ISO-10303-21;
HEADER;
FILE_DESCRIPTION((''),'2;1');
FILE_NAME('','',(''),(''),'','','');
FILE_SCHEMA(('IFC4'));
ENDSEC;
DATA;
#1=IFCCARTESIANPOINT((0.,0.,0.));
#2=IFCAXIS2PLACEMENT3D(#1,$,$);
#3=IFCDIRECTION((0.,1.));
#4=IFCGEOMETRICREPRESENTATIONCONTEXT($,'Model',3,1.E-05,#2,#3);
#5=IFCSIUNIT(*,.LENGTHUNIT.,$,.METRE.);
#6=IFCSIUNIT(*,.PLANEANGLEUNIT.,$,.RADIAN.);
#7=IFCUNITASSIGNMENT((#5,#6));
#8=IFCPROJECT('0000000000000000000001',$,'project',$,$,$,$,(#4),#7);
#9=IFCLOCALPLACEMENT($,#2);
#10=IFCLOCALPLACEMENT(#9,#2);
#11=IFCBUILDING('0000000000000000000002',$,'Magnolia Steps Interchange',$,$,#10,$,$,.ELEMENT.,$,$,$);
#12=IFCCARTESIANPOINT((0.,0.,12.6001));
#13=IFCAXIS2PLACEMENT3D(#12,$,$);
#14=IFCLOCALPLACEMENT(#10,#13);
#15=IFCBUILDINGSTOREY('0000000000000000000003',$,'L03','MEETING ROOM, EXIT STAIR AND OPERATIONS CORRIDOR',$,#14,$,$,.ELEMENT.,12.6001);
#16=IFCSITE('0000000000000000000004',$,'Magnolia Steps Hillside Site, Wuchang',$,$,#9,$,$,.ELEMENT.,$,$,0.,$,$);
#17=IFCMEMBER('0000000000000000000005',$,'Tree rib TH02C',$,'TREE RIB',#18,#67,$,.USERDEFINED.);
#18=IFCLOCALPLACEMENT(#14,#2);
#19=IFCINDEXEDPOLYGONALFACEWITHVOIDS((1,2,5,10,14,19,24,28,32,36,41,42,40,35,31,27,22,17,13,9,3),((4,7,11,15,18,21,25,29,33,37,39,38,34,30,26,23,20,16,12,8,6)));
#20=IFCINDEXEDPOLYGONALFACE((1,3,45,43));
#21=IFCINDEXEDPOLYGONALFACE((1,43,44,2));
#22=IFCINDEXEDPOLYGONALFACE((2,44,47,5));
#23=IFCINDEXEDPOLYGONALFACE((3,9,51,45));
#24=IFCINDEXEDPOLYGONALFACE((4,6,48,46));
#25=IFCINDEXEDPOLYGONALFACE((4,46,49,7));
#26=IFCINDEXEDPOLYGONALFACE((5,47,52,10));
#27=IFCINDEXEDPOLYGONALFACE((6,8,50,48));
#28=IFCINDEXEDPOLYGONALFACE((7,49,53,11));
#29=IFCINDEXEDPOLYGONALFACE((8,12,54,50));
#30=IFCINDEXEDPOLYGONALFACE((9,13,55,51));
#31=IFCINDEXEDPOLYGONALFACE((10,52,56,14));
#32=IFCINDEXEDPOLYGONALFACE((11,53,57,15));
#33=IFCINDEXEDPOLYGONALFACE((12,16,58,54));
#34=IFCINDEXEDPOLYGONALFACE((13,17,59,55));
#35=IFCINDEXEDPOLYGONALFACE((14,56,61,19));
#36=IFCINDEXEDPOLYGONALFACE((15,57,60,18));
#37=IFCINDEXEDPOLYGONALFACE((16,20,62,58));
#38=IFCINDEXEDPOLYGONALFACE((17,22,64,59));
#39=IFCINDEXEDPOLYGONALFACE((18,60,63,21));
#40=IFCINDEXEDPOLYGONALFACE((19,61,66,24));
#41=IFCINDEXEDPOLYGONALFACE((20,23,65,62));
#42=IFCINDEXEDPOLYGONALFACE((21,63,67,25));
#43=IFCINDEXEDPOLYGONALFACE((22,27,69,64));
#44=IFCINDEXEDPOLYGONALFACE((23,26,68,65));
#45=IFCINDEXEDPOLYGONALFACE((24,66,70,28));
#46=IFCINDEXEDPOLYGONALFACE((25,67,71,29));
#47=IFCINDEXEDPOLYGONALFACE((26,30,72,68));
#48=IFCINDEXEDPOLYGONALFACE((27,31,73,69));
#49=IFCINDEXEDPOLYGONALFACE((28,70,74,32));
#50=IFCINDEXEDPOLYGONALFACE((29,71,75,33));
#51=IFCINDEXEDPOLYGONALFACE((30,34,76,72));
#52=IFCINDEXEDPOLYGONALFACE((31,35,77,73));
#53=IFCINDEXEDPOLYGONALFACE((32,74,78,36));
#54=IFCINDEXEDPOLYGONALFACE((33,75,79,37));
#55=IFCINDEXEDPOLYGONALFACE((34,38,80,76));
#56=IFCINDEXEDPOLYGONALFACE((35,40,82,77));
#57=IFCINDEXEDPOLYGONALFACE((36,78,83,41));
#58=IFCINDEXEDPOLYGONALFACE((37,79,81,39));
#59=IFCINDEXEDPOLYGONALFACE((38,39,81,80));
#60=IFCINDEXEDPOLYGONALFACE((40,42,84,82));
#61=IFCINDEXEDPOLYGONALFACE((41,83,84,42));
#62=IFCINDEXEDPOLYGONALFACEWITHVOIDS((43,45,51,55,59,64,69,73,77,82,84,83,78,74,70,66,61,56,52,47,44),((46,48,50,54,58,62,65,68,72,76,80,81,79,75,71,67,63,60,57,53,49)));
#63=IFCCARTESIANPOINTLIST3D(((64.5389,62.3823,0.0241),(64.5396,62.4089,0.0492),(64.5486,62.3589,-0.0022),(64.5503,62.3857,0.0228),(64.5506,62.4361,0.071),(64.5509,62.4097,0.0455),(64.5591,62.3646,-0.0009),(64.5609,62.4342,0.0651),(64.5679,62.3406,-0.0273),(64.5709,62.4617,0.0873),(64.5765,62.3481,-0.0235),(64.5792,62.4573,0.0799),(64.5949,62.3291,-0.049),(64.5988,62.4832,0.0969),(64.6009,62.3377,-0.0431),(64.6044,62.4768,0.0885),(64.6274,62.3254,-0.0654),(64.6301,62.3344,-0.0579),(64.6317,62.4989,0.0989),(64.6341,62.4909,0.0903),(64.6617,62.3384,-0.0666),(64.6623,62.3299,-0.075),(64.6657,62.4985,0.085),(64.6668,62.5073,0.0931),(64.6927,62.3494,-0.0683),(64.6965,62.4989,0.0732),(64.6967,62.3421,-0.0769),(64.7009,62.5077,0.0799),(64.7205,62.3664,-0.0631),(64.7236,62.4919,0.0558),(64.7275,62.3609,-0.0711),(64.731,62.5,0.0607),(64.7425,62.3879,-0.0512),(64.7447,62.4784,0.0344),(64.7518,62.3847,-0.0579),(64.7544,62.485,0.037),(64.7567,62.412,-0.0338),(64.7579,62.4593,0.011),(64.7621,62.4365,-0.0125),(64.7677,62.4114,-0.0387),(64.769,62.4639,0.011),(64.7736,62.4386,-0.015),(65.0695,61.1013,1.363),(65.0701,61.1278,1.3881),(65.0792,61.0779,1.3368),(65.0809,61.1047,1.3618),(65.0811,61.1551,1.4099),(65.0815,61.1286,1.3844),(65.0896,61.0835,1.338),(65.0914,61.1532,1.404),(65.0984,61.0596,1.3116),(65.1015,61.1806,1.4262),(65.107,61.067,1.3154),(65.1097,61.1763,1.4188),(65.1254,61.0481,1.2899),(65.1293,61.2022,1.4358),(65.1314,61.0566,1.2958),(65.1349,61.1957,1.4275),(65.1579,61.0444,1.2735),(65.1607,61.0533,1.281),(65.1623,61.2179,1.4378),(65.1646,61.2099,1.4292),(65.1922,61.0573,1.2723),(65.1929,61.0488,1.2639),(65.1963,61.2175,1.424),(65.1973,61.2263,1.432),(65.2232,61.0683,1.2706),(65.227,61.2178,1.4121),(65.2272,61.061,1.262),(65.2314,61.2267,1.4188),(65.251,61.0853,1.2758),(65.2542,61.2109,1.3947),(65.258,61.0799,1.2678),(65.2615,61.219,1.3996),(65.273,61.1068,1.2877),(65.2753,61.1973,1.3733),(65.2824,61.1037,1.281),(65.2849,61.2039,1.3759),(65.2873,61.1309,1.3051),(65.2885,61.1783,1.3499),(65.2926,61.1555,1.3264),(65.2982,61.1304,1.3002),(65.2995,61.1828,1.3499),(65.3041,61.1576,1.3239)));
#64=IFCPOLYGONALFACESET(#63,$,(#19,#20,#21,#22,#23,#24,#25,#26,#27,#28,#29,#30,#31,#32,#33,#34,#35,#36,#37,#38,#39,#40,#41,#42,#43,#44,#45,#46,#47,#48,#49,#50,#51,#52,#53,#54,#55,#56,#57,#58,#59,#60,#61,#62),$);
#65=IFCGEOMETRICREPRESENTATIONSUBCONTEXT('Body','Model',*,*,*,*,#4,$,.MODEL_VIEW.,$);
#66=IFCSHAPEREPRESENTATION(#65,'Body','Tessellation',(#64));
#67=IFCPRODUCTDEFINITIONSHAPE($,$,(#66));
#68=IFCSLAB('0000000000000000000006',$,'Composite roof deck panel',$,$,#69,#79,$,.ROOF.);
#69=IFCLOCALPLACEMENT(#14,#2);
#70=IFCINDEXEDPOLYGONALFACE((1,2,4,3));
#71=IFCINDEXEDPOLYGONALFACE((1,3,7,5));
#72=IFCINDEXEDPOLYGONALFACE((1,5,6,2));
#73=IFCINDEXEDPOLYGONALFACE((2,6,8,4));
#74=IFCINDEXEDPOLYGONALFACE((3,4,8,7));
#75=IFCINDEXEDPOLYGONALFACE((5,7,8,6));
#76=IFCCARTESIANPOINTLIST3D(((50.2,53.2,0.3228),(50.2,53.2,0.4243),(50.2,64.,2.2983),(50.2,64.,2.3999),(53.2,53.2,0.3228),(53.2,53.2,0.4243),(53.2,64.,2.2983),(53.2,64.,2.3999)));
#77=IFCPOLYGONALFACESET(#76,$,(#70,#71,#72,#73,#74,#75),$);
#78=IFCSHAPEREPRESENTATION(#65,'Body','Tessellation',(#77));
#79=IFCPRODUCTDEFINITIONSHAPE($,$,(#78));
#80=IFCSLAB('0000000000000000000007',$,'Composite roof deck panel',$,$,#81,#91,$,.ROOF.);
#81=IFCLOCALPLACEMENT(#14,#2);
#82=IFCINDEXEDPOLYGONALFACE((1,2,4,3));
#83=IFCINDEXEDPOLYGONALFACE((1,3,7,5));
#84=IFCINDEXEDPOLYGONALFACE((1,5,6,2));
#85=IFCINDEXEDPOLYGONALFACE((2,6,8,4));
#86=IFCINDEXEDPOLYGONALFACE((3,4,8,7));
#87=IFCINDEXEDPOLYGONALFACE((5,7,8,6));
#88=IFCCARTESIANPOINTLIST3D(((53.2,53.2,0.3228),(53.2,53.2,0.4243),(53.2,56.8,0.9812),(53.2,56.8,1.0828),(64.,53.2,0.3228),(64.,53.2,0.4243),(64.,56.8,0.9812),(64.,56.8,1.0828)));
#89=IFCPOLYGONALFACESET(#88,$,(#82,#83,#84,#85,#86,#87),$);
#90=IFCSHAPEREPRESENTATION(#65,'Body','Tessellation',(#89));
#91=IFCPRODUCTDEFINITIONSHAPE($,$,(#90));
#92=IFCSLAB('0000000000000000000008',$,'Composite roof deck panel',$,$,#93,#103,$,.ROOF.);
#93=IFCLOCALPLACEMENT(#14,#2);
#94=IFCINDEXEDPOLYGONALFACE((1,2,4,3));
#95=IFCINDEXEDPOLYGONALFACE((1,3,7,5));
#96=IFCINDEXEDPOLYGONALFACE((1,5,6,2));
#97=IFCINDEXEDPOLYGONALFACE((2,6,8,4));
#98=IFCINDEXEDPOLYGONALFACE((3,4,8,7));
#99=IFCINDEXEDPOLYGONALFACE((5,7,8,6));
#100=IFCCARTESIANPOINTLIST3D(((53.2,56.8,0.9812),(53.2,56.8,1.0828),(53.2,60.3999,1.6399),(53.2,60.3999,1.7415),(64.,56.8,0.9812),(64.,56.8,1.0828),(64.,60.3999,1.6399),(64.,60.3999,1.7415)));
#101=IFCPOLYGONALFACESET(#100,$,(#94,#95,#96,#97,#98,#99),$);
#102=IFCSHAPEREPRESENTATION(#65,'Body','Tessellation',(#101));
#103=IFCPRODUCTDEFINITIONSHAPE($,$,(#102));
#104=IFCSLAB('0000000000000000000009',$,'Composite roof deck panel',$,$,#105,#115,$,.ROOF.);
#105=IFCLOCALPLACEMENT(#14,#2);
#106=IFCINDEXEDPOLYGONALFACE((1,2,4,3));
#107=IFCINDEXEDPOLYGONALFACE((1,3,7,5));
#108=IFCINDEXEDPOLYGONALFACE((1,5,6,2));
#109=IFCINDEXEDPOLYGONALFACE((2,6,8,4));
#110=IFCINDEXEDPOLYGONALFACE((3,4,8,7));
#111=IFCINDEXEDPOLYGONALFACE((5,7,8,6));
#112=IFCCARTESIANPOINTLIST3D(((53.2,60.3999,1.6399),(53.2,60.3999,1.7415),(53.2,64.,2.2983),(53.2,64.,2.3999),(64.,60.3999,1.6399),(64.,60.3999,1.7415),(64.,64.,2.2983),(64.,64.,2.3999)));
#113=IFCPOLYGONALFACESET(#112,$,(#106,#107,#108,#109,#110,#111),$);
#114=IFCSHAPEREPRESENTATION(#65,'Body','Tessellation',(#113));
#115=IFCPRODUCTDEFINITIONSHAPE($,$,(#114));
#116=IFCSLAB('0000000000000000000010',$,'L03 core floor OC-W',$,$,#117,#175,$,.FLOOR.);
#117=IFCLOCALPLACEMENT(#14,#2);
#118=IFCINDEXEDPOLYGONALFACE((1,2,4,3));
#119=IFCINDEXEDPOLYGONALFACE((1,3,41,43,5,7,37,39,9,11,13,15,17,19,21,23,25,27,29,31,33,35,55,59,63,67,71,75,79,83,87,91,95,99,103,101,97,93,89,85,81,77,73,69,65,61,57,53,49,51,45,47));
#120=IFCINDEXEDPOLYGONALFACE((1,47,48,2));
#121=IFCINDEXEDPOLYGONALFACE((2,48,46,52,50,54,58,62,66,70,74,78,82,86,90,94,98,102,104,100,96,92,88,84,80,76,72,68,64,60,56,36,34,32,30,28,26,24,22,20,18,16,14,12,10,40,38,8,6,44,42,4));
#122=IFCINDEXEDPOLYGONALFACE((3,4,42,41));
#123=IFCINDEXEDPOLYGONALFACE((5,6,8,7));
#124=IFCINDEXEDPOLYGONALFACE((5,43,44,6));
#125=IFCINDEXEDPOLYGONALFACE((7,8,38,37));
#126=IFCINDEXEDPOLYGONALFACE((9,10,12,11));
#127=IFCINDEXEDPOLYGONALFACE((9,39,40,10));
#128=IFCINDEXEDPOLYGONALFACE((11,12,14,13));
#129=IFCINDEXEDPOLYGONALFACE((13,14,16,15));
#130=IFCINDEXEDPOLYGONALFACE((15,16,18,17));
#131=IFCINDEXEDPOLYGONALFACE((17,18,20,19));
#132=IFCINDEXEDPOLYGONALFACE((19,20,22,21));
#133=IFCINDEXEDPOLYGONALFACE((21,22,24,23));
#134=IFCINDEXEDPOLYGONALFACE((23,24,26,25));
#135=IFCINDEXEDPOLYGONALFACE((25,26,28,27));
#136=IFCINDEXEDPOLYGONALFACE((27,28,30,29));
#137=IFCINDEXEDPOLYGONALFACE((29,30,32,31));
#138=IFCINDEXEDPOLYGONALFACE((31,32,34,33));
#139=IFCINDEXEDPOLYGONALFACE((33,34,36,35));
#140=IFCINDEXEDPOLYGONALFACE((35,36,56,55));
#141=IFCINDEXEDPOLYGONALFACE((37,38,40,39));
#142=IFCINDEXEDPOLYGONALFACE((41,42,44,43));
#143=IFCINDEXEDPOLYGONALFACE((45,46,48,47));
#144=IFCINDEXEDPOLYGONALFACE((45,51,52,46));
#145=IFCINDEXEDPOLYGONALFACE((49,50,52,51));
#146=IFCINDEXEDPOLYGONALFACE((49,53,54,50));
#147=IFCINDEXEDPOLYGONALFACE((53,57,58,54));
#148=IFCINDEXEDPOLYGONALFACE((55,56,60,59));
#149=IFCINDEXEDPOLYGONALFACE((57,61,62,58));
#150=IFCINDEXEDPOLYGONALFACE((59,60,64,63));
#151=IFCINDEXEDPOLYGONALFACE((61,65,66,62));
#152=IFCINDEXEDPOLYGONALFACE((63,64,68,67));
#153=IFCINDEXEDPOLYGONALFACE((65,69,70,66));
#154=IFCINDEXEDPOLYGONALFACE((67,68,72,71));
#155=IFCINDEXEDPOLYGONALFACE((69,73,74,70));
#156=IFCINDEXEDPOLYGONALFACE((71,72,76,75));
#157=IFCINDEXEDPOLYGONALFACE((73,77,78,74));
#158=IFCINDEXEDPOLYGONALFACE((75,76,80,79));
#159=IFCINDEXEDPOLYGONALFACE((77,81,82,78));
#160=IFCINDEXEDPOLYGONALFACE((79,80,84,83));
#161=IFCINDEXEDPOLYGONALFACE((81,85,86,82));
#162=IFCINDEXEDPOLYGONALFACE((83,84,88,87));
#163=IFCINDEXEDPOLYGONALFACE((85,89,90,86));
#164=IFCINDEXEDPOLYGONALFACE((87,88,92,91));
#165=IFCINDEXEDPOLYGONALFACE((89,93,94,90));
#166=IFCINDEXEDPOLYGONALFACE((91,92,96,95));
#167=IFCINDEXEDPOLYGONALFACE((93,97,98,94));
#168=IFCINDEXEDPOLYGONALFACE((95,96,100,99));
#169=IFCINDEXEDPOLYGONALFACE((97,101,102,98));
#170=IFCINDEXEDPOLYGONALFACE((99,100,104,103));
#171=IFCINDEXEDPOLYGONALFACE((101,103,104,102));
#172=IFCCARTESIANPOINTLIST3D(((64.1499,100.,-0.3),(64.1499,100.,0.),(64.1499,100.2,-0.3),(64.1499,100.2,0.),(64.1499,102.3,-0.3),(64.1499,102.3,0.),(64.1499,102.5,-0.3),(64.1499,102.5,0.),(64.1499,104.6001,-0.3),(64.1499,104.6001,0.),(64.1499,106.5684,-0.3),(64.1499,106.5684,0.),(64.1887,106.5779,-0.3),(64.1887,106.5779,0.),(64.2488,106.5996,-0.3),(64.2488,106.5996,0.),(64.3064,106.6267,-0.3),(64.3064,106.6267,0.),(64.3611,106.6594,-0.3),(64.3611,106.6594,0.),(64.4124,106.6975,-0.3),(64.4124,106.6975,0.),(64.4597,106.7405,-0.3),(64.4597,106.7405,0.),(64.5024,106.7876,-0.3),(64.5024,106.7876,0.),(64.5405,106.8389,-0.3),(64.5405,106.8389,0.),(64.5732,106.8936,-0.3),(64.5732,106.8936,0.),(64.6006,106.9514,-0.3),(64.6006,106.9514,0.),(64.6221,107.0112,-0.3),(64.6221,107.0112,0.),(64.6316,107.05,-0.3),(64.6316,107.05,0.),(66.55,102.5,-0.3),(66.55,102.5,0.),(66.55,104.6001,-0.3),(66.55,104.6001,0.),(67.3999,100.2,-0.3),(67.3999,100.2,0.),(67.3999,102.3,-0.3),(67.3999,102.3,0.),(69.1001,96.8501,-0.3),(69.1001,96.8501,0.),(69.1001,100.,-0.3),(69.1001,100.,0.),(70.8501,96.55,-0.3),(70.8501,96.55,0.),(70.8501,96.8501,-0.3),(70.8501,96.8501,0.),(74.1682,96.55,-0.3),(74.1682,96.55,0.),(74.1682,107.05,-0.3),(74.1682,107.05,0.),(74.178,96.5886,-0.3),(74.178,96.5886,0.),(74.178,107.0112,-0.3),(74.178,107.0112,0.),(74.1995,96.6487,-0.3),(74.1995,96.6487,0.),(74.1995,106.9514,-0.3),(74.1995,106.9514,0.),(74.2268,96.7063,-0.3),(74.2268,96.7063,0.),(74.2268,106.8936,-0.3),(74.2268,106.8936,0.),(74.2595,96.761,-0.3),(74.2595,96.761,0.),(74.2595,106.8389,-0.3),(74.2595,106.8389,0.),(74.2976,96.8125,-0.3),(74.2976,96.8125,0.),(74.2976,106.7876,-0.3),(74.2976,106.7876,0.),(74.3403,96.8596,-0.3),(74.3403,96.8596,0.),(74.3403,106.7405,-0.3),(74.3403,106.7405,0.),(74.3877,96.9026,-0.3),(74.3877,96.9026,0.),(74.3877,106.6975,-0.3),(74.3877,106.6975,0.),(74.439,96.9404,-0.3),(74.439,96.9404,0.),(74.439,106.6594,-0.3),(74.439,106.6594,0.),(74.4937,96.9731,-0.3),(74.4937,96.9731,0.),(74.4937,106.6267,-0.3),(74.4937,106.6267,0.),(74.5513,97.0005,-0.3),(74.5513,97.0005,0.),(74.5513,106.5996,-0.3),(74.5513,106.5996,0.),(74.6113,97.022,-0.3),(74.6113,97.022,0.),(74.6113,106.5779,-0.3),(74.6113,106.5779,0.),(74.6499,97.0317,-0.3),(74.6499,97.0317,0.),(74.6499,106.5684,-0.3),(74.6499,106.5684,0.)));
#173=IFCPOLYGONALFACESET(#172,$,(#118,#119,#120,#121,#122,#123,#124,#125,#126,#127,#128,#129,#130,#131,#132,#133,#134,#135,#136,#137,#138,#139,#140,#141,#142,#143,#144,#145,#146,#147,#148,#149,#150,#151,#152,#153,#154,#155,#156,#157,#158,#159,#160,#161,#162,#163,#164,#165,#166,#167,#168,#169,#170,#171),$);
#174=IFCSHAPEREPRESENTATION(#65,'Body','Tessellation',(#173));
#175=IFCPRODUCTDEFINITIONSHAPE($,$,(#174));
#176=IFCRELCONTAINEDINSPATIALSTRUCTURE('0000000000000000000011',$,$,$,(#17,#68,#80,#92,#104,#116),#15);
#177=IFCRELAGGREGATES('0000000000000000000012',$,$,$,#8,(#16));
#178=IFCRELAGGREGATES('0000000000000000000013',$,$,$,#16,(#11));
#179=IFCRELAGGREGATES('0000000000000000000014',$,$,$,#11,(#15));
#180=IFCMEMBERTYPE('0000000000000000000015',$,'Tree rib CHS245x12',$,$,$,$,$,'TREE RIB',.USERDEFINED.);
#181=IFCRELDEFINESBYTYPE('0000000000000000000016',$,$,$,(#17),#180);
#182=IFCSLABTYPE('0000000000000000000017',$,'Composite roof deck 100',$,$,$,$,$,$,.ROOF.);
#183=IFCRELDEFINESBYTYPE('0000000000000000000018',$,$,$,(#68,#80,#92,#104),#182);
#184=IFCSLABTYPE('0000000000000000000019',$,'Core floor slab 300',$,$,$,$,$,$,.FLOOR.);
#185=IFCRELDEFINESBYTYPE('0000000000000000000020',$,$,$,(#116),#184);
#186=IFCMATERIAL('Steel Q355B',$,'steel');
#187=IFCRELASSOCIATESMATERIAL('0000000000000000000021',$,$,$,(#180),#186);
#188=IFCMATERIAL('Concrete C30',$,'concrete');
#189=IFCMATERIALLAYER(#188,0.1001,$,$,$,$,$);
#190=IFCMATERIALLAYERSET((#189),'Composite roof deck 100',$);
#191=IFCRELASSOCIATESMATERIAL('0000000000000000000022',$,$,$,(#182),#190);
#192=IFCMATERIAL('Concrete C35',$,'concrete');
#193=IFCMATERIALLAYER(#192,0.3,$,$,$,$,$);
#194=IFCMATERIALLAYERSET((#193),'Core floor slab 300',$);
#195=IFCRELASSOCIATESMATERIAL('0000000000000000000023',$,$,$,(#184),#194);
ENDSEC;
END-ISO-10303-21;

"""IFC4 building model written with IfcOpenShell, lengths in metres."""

from ifc_helpers import new_model, si_unit, direction, frame, origin, origin_2d, place, context, subcontext, project, spatial, polyline, hollow_circle, outline, extrude, material, layer, layer_set, material_profile, profile_set, type_object, element, save


model = new_model("IFC4")

# Units and contexts
model_context = context("Model", 3, precision=1e-05, world=origin(), true_north=direction((0.0, 1.0)))
body_context = subcontext(model_context, "Body", "Model", "MODEL_VIEW")
ifc_project = project(units=[si_unit("LENGTHUNIT", "METRE"), si_unit("PLANEANGLEUNIT", "RADIAN")], contexts=[model_context])

# Site, building, storey
site_placement = place(None, origin())
site = spatial("IfcSite", under=ifc_project, at=site_placement, Name="Magnolia Steps Hillside Site, Wuchang", CompositionType="ELEMENT", RefElevation=0.0)
building_placement = place(site_placement, origin())
building = spatial("IfcBuilding", under=site, at=building_placement, Name="Magnolia Steps Interchange", CompositionType="ELEMENT")
storey_placement = place(building_placement, frame((0.0, 0.0, 12.6001)))
storey = spatial("IfcBuildingStorey", under=building, at=storey_placement, Name="L03", Description="MEETING ROOM, EXIT STAIR AND OPERATIONS CORRIDOR", CompositionType="ELEMENT", Elevation=12.6001)

# Member
ifc_material_1 = material(Name="Steel Q355B", Category="steel")
ifc_material_profile_1 = material_profile(ifc_material_1, hollow_circle(Radius=0.1226, WallThickness=0.012, at=origin_2d()), Name="CHS245x12")
ifc_profile_set_1 = profile_set([ifc_material_profile_1], Name="Steel Q355B")
member_type = type_object("IfcMemberType", Name="Tree rib CHS245x12", ElementType="TREE RIB", PredefinedType="USERDEFINED", material=ifc_profile_set_1)
for number, where, z_axis, x_axis, name in (
    (1, (64.6558, 62.417, 0.011), (0.275246, -0.664618, 0.694638), (0.923903, 0.382627, 0.0), "Tree rib TH02C"),
):
    element("IfcMember", number, at=place(storey_placement, frame(where, z_axis=z_axis, x_axis=x_axis)), inside=storey, type_object=member_type, Name=name, ObjectType="TREE RIB", PredefinedType="USERDEFINED", context=body_context, shape_type="SweptSolid", body=[
        extrude(hollow_circle(Radius=0.1226, WallThickness=0.012, at=origin_2d()), origin(), (0.0, 0.0, 1.0), 1.9275),
    ])

# Slabs
ifc_material_2 = material(Name="Concrete C30", Category="concrete")
ifc_layer_1 = layer(ifc_material_2, 0.1001)
ifc_layer_set_1 = layer_set([ifc_layer_1], Name="Composite roof deck 100")
slab_type_1 = type_object("IfcSlabType", Name="Composite roof deck 100", PredefinedType="ROOF", material=ifc_layer_set_1)
slab_1_placement = place(storey_placement, frame((50.2, 53.2, 0.4243), z_axis=(0.0, -0.179938, 0.983678), x_axis=(1.0, 0.0, 0.0)))
element("IfcSlab", 2, at=slab_1_placement, inside=storey, type_object=slab_type_1, Name="Composite roof deck panel", PredefinedType="ROOF", context=body_context, shape_type="SweptSolid", body=[
    extrude(outline(polyline([(0.0, 0.0), (3.0, 0.0), (3.0, 10.9793), (0.0, 10.9793), (0.0, 0.0)])), origin(), (0.0, -0.179938, -0.983678), 0.1016),
])
slab_2_placement = place(storey_placement, frame((64.0, 53.2, 0.4243), z_axis=(0.0, -0.179913, 0.983683), x_axis=(0.0, 0.983683, 0.179913)))
element("IfcSlab", 3, at=slab_2_placement, inside=storey, type_object=slab_type_1, Name="Composite roof deck panel", PredefinedType="ROOF", context=body_context, shape_type="SweptSolid", body=[
    extrude(outline(polyline([(0.0, 0.0), (3.6598, 0.0), (3.6598, 10.8), (0.0, 10.8), (0.0, 0.0)])), origin(), (-0.179913, 0.0, -0.983683), 0.1016),
])
slab_3_placement = place(storey_placement, frame((64.0, 56.8, 1.0828), z_axis=(0.0, -0.179989, 0.983669), x_axis=(0.0, 0.983669, 0.179989)))
element("IfcSlab", 4, at=slab_3_placement, inside=storey, type_object=slab_type_1, Name="Composite roof deck panel", PredefinedType="ROOF", context=body_context, shape_type="SweptSolid", body=[
    extrude(outline(polyline([(0.0, 0.0), (3.6596, 0.0), (3.6596, 10.8), (0.0, 10.8), (0.0, 0.0)])), origin(), (-0.179989, 0.0, -0.983669), 0.1016),
])
slab_4_placement = place(storey_placement, frame((64.0, 60.3999, 1.7415), z_axis=(0.0, -0.179913, 0.983683), x_axis=(0.0, 0.983683, 0.179913)))
element("IfcSlab", 5, at=slab_4_placement, inside=storey, type_object=slab_type_1, Name="Composite roof deck panel", PredefinedType="ROOF", context=body_context, shape_type="SweptSolid", body=[
    extrude(outline(polyline([(0.0, 0.0), (3.6598, 0.0), (3.6598, 10.8), (0.0, 10.8), (0.0, 0.0)])), origin(), (-0.179913, 0.0, -0.983683), 0.1016),
])
ifc_material_3 = material(Name="Concrete C35", Category="concrete")
ifc_layer_2 = layer(ifc_material_3, 0.3)
ifc_layer_set_2 = layer_set([ifc_layer_2], Name="Core floor slab 300")
slab_type_2 = type_object("IfcSlabType", Name="Core floor slab 300", PredefinedType="FLOOR", material=ifc_layer_set_2)
slab_5_placement = place(storey_placement, frame((0.0, 0.0, -0.3)))
element("IfcSlab", 6, at=slab_5_placement, inside=storey, type_object=slab_type_2, Name="L03 core floor OC-W", PredefinedType="FLOOR", context=body_context, shape_type="SweptSolid", body=[
    extrude(outline(polyline([(70.8501, 96.8501), (69.1001, 96.8501), (69.1001, 100.0), (64.1499, 100.0), (64.1499, 100.2), (67.3999, 100.2), (67.3999, 102.3), (64.1499, 102.3), (64.1499, 102.5), (66.55, 102.5), (66.55, 104.6001), (64.1499, 104.6001), (64.1499, 106.5684), (64.1887, 106.5779), (64.2488, 106.5996), (64.3064, 106.6267), (64.3611, 106.6594), (64.4124, 106.6975), (64.4597, 106.7405), (64.5024, 106.7876), (64.5405, 106.8389), (64.5732, 106.8936), (64.6006, 106.9514), (64.6221, 107.0112), (64.6316, 107.05), (74.1682, 107.05), (74.178, 107.0112), (74.1995, 106.9514), (74.2268, 106.8936), (74.2595, 106.8389), (74.2976, 106.7876), (74.3403, 106.7405), (74.3877, 106.6975), (74.439, 106.6594), (74.4937, 106.6267), (74.5513, 106.5996), (74.6113, 106.5779), (74.6499, 106.5684), (74.6499, 97.0317), (74.6113, 97.022), (74.5513, 97.0005), (74.4937, 96.9731), (74.439, 96.9404), (74.3877, 96.9026), (74.3403, 96.8596), (74.2976, 96.8125), (74.2595, 96.761), (74.2268, 96.7063), (74.1995, 96.6487), (74.178, 96.5886), (74.1682, 96.55), (70.8501, 96.55), (70.8501, 96.8501)])), origin(), (0.0, 0.0, 1.0), 0.3),
])

save(model, "model.ifc")
